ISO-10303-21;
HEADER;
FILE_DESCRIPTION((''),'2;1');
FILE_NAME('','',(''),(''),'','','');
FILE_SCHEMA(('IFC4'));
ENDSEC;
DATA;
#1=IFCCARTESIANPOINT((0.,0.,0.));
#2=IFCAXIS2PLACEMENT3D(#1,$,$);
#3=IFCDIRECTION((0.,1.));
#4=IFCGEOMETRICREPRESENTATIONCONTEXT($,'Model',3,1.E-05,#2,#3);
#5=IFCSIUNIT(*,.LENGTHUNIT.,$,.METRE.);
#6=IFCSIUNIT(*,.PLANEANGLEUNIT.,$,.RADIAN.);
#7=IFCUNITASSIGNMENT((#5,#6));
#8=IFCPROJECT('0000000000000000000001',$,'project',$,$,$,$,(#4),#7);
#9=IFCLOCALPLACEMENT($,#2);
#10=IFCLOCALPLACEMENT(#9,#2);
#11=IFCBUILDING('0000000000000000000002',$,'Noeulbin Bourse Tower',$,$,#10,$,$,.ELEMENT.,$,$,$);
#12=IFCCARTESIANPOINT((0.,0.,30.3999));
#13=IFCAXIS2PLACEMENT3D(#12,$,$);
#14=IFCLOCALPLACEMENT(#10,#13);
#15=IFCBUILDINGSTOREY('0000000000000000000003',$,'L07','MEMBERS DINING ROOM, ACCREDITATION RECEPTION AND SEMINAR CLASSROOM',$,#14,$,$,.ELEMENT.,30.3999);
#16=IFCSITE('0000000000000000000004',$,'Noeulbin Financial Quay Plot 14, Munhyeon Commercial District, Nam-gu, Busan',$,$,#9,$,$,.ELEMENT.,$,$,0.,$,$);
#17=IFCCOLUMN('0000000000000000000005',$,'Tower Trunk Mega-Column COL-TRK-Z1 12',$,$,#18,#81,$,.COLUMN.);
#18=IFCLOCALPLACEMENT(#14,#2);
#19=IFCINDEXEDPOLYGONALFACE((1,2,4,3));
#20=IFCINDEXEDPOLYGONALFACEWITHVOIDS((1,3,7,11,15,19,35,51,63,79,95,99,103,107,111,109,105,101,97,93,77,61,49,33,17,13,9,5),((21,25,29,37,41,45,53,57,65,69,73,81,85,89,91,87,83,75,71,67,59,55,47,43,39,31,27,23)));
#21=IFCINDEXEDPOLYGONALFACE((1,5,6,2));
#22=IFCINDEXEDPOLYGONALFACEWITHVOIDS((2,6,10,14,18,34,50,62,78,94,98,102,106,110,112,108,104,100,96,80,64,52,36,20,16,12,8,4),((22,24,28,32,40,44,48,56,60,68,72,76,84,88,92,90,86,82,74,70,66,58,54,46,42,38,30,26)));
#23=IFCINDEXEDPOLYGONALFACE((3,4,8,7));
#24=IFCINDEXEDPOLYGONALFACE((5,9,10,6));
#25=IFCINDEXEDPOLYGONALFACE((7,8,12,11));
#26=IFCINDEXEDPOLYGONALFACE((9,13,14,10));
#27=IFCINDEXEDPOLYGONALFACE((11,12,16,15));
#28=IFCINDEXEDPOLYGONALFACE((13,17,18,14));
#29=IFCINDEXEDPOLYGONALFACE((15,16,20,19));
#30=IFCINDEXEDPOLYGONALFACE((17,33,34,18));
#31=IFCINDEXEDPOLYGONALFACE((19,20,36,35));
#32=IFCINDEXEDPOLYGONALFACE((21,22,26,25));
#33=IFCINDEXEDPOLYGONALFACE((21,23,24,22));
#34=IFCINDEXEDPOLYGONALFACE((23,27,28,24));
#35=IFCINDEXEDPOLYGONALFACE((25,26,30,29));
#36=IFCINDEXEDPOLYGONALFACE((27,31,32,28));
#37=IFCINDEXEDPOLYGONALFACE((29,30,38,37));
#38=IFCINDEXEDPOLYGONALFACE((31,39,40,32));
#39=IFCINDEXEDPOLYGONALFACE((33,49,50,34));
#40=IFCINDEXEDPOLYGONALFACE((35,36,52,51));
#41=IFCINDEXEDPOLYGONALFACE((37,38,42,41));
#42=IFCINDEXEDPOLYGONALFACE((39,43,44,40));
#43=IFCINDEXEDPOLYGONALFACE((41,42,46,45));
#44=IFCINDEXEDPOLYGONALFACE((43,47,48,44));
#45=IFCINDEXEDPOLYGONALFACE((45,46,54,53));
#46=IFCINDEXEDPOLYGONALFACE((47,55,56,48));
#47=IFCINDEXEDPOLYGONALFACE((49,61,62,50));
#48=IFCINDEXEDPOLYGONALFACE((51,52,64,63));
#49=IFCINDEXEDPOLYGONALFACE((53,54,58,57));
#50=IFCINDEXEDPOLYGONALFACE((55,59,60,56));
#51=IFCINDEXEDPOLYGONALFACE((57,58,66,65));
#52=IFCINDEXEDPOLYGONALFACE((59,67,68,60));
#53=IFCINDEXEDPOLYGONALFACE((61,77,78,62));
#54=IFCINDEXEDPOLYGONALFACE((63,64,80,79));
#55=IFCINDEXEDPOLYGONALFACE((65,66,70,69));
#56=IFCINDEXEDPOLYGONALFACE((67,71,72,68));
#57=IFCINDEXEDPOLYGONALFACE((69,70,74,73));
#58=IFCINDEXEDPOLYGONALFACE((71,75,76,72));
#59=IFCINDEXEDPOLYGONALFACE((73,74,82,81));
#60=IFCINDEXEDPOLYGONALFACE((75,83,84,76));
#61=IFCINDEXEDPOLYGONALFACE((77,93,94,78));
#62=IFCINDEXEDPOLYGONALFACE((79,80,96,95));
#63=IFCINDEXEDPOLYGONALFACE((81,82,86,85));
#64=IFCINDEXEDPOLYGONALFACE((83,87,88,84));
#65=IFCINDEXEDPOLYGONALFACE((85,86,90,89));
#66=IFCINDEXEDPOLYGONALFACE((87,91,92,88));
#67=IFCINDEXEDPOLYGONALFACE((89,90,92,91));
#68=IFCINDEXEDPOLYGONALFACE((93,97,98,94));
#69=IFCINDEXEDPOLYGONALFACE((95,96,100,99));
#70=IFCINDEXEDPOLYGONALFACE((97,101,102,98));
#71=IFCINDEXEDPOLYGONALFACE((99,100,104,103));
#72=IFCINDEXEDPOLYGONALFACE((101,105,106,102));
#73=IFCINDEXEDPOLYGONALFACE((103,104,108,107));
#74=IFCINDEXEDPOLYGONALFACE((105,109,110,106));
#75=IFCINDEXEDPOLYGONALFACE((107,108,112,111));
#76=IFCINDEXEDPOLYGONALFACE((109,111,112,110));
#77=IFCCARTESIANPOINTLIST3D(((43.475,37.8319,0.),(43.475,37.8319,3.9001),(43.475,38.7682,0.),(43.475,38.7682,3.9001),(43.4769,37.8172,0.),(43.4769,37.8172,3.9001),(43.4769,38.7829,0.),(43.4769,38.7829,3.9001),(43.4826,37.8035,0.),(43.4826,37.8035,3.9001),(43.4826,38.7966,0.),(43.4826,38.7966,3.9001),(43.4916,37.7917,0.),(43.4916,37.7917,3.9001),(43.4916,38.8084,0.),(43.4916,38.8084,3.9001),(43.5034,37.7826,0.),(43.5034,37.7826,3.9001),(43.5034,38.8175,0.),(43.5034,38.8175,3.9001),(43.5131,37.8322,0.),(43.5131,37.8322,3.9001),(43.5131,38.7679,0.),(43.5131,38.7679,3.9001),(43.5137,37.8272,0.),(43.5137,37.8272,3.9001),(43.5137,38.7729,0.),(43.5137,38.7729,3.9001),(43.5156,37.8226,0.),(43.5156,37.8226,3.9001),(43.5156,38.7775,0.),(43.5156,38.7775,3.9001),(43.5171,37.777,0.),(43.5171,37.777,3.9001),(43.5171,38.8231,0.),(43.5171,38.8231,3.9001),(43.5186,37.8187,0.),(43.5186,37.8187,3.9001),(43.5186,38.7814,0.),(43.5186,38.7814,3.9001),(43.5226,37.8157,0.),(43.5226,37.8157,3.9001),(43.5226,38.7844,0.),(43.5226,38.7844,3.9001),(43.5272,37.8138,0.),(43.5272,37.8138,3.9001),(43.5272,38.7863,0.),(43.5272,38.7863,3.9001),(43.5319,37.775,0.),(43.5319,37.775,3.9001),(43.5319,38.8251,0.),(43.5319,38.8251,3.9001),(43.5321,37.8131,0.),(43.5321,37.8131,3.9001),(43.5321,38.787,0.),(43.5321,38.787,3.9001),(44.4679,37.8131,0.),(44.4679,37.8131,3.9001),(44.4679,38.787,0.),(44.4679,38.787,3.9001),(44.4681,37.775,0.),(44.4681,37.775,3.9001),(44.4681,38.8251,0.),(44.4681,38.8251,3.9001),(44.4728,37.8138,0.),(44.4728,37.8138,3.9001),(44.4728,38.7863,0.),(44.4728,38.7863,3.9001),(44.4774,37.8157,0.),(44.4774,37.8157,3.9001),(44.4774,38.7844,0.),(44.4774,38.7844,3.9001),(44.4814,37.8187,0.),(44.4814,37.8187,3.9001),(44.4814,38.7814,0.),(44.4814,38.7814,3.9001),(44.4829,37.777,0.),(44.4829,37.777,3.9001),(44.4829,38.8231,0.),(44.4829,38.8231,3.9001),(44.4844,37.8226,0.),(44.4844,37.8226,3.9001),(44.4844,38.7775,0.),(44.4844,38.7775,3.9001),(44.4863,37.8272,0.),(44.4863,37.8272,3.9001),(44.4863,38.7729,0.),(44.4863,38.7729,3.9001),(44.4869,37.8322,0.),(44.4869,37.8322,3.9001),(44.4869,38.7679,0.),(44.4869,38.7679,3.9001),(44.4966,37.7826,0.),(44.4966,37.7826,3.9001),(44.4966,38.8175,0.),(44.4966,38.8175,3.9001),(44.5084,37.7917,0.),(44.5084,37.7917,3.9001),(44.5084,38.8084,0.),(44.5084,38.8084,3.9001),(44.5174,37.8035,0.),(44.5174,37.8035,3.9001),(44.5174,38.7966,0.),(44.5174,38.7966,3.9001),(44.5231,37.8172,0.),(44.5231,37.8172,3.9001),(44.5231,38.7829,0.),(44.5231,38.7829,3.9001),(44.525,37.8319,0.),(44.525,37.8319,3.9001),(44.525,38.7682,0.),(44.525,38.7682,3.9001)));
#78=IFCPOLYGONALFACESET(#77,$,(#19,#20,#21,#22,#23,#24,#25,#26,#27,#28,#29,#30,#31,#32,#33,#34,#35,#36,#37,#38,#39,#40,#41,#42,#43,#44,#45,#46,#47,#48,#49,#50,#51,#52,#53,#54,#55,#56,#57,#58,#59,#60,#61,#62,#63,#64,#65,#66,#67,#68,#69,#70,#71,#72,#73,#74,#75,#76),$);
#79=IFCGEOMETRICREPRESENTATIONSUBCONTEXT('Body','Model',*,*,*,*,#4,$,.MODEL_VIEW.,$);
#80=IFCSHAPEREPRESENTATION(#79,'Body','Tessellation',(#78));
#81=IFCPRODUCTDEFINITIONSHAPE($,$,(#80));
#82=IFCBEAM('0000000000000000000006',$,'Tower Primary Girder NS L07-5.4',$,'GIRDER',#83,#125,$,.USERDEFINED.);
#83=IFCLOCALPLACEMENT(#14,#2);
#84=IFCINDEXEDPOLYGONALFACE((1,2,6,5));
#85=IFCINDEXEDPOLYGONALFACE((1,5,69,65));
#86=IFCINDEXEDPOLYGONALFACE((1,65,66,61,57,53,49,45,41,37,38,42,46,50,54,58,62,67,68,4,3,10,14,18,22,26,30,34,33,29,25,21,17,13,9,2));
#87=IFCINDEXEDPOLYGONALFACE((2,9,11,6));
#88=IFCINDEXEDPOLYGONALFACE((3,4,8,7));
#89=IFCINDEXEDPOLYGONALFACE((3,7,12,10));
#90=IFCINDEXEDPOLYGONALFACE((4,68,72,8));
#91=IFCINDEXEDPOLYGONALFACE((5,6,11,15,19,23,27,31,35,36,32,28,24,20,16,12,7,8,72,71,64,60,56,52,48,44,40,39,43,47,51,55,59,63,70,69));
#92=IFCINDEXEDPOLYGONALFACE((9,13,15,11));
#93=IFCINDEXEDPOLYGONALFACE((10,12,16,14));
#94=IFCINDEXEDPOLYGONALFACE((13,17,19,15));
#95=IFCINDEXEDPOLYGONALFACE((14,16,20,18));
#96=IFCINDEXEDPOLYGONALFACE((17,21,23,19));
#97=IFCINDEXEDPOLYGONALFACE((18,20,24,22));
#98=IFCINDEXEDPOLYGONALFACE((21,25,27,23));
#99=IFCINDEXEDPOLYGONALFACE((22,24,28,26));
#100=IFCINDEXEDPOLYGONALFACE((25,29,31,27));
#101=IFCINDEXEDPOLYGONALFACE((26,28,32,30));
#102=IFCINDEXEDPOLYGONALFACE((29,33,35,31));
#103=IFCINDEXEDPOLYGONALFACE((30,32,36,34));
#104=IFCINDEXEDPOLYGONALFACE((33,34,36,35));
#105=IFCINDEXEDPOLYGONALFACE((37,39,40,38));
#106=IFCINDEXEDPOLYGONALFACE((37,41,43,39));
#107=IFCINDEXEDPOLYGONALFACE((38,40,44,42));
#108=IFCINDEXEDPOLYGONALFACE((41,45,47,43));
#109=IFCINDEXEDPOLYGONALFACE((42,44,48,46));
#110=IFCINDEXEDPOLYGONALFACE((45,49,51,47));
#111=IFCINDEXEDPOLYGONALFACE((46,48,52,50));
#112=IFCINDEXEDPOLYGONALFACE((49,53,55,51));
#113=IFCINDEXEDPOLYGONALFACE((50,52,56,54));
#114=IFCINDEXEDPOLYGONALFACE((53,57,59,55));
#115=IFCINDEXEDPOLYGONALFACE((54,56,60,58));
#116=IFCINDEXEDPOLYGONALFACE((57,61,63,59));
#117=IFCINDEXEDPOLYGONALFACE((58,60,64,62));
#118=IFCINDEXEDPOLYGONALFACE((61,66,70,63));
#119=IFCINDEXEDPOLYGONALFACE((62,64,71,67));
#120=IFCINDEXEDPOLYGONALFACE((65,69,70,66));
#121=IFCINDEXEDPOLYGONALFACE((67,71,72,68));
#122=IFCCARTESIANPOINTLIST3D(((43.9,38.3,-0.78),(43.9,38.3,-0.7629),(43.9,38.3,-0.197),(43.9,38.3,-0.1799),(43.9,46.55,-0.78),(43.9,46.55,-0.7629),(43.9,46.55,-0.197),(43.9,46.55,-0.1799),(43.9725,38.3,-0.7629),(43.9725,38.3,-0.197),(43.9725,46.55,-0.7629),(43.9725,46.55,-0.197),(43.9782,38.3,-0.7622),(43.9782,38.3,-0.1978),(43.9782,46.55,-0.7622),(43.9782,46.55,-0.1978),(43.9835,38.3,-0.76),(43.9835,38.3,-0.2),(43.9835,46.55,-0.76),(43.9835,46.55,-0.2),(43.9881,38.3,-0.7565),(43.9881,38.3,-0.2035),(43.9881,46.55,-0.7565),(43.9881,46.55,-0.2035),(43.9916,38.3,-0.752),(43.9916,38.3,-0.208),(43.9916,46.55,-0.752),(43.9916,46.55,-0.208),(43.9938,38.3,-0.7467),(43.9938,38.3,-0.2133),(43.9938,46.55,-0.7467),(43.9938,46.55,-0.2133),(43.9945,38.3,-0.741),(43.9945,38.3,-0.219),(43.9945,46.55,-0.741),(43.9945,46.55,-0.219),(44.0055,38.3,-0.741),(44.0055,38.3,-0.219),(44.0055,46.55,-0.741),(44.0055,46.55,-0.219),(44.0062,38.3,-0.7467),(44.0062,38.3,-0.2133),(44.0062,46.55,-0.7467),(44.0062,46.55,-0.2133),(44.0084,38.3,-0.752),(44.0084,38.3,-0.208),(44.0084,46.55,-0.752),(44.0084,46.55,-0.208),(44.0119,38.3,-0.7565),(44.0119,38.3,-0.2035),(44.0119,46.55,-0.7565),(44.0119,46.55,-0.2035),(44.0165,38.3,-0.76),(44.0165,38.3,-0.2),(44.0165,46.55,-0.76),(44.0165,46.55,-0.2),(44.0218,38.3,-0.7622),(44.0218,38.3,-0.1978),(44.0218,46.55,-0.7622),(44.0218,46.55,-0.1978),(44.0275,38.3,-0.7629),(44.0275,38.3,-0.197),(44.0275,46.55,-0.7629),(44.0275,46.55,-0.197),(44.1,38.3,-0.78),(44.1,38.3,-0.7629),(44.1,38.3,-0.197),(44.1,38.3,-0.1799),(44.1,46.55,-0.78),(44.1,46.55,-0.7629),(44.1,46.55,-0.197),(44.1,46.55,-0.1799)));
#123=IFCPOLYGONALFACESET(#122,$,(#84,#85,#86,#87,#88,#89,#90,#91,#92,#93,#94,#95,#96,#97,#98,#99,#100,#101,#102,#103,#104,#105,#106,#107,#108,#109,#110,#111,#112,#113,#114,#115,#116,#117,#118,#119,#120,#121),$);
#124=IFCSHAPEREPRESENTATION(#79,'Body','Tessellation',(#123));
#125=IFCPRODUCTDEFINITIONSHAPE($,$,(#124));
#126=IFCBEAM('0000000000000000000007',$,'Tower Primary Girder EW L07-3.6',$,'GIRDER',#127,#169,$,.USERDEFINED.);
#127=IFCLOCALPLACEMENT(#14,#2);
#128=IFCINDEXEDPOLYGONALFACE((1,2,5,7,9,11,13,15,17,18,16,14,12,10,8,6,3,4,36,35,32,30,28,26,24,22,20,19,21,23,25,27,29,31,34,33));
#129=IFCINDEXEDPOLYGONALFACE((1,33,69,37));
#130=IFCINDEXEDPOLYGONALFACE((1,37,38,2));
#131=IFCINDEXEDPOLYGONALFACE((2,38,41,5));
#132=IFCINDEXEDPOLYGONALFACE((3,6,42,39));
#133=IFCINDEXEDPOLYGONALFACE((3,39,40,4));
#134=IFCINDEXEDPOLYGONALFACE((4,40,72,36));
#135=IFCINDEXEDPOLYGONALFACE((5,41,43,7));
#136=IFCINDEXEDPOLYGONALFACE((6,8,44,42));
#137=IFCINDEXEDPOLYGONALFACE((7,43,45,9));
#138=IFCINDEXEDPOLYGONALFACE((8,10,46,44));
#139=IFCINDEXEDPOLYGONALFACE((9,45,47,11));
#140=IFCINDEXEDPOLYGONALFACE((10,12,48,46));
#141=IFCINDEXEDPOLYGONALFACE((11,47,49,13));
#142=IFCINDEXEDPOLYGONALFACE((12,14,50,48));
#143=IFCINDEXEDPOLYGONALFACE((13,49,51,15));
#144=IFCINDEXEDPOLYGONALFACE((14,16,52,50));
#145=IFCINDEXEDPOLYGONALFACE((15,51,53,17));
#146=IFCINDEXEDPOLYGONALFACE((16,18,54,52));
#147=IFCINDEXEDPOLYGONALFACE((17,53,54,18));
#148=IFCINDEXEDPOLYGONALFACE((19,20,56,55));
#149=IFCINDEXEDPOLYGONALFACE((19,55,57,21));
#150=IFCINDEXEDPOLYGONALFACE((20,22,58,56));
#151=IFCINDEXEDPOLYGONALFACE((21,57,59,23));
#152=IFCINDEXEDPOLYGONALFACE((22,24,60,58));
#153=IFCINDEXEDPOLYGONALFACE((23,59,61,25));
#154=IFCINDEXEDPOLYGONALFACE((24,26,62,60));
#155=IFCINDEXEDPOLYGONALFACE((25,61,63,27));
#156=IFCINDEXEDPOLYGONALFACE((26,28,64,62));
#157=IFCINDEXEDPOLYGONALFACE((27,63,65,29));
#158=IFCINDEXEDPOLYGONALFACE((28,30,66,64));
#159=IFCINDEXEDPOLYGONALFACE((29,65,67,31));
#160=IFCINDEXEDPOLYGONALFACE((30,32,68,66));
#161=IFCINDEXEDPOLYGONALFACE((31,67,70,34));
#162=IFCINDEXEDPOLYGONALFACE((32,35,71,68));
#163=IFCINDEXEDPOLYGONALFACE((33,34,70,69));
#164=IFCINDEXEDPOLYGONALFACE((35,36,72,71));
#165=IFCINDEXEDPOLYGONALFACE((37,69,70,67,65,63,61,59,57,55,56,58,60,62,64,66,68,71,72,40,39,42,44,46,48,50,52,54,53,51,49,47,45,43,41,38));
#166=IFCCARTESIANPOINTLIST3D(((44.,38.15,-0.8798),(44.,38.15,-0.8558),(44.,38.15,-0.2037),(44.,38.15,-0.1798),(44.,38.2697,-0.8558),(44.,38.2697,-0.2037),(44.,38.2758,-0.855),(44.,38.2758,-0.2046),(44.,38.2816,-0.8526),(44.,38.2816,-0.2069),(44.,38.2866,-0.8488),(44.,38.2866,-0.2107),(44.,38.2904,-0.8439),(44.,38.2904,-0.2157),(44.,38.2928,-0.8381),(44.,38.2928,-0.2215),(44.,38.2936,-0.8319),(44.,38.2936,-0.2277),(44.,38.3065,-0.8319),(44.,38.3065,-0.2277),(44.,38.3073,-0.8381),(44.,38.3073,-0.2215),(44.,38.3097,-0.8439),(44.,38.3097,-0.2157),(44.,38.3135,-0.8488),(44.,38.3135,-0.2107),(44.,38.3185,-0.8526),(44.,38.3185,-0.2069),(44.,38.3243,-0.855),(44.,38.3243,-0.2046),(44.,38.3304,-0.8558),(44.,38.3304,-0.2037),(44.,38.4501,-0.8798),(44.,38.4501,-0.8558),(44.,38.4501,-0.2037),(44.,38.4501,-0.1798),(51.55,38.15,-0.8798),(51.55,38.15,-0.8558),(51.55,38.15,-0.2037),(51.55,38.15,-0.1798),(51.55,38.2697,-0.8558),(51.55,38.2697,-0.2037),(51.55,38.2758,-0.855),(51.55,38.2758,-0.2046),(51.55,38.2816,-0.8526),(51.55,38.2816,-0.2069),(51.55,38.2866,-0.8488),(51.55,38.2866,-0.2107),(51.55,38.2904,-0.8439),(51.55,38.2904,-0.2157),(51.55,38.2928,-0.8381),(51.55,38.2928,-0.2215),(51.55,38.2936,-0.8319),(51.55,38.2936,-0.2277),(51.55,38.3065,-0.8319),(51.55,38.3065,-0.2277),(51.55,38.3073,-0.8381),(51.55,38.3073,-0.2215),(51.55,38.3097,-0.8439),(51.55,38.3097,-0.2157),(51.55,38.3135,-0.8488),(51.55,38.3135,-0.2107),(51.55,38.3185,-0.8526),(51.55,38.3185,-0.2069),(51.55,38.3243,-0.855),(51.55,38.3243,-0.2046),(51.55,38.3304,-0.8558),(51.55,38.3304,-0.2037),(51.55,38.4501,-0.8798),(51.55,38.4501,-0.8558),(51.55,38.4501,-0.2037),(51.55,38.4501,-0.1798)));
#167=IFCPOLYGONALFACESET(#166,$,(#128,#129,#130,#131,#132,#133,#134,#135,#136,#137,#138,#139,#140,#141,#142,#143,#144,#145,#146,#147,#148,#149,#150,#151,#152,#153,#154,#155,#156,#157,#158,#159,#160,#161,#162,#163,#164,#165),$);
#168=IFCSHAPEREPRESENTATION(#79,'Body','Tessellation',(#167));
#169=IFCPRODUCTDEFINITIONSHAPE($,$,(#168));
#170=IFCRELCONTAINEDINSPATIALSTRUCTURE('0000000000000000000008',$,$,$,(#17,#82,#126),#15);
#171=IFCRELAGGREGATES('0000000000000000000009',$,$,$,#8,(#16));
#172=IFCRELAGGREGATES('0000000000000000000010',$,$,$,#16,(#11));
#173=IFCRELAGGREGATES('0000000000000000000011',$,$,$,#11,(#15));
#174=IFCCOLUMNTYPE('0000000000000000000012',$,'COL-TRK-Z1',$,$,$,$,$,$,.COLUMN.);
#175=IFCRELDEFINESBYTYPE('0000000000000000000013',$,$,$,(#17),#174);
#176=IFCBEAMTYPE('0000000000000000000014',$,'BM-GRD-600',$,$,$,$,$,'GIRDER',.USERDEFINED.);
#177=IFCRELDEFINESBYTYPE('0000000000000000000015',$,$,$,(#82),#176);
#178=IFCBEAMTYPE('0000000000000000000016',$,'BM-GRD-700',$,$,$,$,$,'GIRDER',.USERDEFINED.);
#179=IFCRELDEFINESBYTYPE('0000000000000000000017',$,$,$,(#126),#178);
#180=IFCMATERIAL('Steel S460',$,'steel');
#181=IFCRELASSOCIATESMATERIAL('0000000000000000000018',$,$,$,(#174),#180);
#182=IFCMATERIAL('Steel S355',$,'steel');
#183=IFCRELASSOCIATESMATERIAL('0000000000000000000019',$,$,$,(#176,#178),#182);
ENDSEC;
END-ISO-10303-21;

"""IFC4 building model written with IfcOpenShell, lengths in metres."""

from ifc_helpers import new_model, si_unit, direction, frame, origin, origin_2d, place, context, subcontext, project, spatial, hollow_rectangle, i_section, extrude, material, material_profile, profile_set, type_object, element, save


model = new_model("IFC4")

# Units and contexts
model_context = context("Model", 3, precision=1e-05, world=origin(), true_north=direction((0.0, 1.0)))
body_context = subcontext(model_context, "Body", "Model", "MODEL_VIEW")
ifc_project = project(units=[si_unit("LENGTHUNIT", "METRE"), si_unit("PLANEANGLEUNIT", "RADIAN")], contexts=[model_context])

# Site, building, storey
site_placement = place(None, origin())
site = spatial("IfcSite", under=ifc_project, at=site_placement, Name="Noeulbin Financial Quay Plot 14, Munhyeon Commercial District, Nam-gu, Busan", CompositionType="ELEMENT", RefElevation=0.0)
building_placement = place(site_placement, origin())
building = spatial("IfcBuilding", under=site, at=building_placement, Name="Noeulbin Bourse Tower", CompositionType="ELEMENT")
storey_placement = place(building_placement, frame((0.0, 0.0, 30.3999)))
storey = spatial("IfcBuildingStorey", under=building, at=storey_placement, Name="L07", Description="MEMBERS DINING ROOM, ACCREDITATION RECEPTION AND SEMINAR CLASSROOM", CompositionType="ELEMENT", Elevation=30.3999)

# Column
ifc_material_1 = material(Name="Steel S460", Category="steel")
ifc_material_profile_1 = material_profile(ifc_material_1, hollow_rectangle(XDim=1.05, YDim=1.05, WallThickness=0.0381, InnerFilletRadius=0.019, OuterFilletRadius=0.0569, at=origin_2d()), Name="BOX-1050x1050x38", Category="LoadBearing")
ifc_profile_set_1 = profile_set([ifc_material_profile_1], Name="Steel S460")
column_type_1 = type_object("IfcColumnType", Name="COL-TRK-Z1", PredefinedType="COLUMN", material=ifc_profile_set_1)
column_placement = place(storey_placement, frame((44.0, 38.3, 0.0), z_axis=(0.0, 0.0, 1.0), x_axis=(1.0, 0.0, 0.0)))
element("IfcColumn", 1, at=column_placement, inside=storey, type_object=column_type_1, Name="Tower Trunk Mega-Column COL-TRK-Z1 12", PredefinedType="COLUMN", context=body_context, shape_type="SweptSolid", body=[
    extrude(hollow_rectangle(XDim=1.05, YDim=1.05, WallThickness=0.0381, InnerFilletRadius=0.019, OuterFilletRadius=0.0569, at=origin_2d()), origin(), (0.0, 0.0, 1.0), 3.9001),
])

# Beams
ifc_material_2 = material(Name="Steel S355", Category="steel")
ifc_material_profile_2 = material_profile(ifc_material_2, i_section(OverallWidth=0.2, OverallDepth=0.6001, WebThickness=0.011, FlangeThickness=0.0171, FilletRadius=0.022, at=origin_2d()), Name="H-600x200x11x17", Category="LoadBearing")
ifc_profile_set_2 = profile_set([ifc_material_profile_2], Name="Steel S355")
beam_type_1 = type_object("IfcBeamType", Name="BM-GRD-600", ElementType="GIRDER", PredefinedType="USERDEFINED", material=ifc_profile_set_2)
beam_1_placement = place(storey_placement, frame((44.0, 38.3, -0.48), z_axis=(0.0, 1.0, 0.0), x_axis=(-1.0, 0.0, 0.0)))
element("IfcBeam", 2, at=beam_1_placement, inside=storey, type_object=beam_type_1, Name="Tower Primary Girder NS L07-5.4", ObjectType="GIRDER", PredefinedType="USERDEFINED", context=body_context, shape_type="SweptSolid", body=[
    extrude(i_section(OverallWidth=0.2, OverallDepth=0.6001, WebThickness=0.011, FlangeThickness=0.0171, FilletRadius=0.022, at=origin_2d()), origin(), (0.0, 0.0, 1.0), 8.25),
])
ifc_material_profile_3 = material_profile(ifc_material_2, i_section(OverallWidth=0.3, OverallDepth=0.7, WebThickness=0.0129, FlangeThickness=0.0239, FilletRadius=0.0239, at=origin_2d()), Name="H-700x300x13x24", Category="LoadBearing")
ifc_profile_set_3 = profile_set([ifc_material_profile_3], Name="Steel S355")
beam_type_2 = type_object("IfcBeamType", Name="BM-GRD-700", ElementType="GIRDER", PredefinedType="USERDEFINED", material=ifc_profile_set_3)
beam_2_placement = place(storey_placement, frame((44.0, 38.3, -0.5298), z_axis=(1.0, 0.0, 0.0), x_axis=(0.0, 1.0, 0.0)))
element("IfcBeam", 3, at=beam_2_placement, inside=storey, type_object=beam_type_2, Name="Tower Primary Girder EW L07-3.6", ObjectType="GIRDER", PredefinedType="USERDEFINED", context=body_context, shape_type="SweptSolid", body=[
    extrude(i_section(OverallWidth=0.3, OverallDepth=0.7, WebThickness=0.0129, FlangeThickness=0.0239, FilletRadius=0.0239, at=origin_2d()), origin(), (0.0, 0.0, 1.0), 7.55),
])

save(model, "model.ifc")
